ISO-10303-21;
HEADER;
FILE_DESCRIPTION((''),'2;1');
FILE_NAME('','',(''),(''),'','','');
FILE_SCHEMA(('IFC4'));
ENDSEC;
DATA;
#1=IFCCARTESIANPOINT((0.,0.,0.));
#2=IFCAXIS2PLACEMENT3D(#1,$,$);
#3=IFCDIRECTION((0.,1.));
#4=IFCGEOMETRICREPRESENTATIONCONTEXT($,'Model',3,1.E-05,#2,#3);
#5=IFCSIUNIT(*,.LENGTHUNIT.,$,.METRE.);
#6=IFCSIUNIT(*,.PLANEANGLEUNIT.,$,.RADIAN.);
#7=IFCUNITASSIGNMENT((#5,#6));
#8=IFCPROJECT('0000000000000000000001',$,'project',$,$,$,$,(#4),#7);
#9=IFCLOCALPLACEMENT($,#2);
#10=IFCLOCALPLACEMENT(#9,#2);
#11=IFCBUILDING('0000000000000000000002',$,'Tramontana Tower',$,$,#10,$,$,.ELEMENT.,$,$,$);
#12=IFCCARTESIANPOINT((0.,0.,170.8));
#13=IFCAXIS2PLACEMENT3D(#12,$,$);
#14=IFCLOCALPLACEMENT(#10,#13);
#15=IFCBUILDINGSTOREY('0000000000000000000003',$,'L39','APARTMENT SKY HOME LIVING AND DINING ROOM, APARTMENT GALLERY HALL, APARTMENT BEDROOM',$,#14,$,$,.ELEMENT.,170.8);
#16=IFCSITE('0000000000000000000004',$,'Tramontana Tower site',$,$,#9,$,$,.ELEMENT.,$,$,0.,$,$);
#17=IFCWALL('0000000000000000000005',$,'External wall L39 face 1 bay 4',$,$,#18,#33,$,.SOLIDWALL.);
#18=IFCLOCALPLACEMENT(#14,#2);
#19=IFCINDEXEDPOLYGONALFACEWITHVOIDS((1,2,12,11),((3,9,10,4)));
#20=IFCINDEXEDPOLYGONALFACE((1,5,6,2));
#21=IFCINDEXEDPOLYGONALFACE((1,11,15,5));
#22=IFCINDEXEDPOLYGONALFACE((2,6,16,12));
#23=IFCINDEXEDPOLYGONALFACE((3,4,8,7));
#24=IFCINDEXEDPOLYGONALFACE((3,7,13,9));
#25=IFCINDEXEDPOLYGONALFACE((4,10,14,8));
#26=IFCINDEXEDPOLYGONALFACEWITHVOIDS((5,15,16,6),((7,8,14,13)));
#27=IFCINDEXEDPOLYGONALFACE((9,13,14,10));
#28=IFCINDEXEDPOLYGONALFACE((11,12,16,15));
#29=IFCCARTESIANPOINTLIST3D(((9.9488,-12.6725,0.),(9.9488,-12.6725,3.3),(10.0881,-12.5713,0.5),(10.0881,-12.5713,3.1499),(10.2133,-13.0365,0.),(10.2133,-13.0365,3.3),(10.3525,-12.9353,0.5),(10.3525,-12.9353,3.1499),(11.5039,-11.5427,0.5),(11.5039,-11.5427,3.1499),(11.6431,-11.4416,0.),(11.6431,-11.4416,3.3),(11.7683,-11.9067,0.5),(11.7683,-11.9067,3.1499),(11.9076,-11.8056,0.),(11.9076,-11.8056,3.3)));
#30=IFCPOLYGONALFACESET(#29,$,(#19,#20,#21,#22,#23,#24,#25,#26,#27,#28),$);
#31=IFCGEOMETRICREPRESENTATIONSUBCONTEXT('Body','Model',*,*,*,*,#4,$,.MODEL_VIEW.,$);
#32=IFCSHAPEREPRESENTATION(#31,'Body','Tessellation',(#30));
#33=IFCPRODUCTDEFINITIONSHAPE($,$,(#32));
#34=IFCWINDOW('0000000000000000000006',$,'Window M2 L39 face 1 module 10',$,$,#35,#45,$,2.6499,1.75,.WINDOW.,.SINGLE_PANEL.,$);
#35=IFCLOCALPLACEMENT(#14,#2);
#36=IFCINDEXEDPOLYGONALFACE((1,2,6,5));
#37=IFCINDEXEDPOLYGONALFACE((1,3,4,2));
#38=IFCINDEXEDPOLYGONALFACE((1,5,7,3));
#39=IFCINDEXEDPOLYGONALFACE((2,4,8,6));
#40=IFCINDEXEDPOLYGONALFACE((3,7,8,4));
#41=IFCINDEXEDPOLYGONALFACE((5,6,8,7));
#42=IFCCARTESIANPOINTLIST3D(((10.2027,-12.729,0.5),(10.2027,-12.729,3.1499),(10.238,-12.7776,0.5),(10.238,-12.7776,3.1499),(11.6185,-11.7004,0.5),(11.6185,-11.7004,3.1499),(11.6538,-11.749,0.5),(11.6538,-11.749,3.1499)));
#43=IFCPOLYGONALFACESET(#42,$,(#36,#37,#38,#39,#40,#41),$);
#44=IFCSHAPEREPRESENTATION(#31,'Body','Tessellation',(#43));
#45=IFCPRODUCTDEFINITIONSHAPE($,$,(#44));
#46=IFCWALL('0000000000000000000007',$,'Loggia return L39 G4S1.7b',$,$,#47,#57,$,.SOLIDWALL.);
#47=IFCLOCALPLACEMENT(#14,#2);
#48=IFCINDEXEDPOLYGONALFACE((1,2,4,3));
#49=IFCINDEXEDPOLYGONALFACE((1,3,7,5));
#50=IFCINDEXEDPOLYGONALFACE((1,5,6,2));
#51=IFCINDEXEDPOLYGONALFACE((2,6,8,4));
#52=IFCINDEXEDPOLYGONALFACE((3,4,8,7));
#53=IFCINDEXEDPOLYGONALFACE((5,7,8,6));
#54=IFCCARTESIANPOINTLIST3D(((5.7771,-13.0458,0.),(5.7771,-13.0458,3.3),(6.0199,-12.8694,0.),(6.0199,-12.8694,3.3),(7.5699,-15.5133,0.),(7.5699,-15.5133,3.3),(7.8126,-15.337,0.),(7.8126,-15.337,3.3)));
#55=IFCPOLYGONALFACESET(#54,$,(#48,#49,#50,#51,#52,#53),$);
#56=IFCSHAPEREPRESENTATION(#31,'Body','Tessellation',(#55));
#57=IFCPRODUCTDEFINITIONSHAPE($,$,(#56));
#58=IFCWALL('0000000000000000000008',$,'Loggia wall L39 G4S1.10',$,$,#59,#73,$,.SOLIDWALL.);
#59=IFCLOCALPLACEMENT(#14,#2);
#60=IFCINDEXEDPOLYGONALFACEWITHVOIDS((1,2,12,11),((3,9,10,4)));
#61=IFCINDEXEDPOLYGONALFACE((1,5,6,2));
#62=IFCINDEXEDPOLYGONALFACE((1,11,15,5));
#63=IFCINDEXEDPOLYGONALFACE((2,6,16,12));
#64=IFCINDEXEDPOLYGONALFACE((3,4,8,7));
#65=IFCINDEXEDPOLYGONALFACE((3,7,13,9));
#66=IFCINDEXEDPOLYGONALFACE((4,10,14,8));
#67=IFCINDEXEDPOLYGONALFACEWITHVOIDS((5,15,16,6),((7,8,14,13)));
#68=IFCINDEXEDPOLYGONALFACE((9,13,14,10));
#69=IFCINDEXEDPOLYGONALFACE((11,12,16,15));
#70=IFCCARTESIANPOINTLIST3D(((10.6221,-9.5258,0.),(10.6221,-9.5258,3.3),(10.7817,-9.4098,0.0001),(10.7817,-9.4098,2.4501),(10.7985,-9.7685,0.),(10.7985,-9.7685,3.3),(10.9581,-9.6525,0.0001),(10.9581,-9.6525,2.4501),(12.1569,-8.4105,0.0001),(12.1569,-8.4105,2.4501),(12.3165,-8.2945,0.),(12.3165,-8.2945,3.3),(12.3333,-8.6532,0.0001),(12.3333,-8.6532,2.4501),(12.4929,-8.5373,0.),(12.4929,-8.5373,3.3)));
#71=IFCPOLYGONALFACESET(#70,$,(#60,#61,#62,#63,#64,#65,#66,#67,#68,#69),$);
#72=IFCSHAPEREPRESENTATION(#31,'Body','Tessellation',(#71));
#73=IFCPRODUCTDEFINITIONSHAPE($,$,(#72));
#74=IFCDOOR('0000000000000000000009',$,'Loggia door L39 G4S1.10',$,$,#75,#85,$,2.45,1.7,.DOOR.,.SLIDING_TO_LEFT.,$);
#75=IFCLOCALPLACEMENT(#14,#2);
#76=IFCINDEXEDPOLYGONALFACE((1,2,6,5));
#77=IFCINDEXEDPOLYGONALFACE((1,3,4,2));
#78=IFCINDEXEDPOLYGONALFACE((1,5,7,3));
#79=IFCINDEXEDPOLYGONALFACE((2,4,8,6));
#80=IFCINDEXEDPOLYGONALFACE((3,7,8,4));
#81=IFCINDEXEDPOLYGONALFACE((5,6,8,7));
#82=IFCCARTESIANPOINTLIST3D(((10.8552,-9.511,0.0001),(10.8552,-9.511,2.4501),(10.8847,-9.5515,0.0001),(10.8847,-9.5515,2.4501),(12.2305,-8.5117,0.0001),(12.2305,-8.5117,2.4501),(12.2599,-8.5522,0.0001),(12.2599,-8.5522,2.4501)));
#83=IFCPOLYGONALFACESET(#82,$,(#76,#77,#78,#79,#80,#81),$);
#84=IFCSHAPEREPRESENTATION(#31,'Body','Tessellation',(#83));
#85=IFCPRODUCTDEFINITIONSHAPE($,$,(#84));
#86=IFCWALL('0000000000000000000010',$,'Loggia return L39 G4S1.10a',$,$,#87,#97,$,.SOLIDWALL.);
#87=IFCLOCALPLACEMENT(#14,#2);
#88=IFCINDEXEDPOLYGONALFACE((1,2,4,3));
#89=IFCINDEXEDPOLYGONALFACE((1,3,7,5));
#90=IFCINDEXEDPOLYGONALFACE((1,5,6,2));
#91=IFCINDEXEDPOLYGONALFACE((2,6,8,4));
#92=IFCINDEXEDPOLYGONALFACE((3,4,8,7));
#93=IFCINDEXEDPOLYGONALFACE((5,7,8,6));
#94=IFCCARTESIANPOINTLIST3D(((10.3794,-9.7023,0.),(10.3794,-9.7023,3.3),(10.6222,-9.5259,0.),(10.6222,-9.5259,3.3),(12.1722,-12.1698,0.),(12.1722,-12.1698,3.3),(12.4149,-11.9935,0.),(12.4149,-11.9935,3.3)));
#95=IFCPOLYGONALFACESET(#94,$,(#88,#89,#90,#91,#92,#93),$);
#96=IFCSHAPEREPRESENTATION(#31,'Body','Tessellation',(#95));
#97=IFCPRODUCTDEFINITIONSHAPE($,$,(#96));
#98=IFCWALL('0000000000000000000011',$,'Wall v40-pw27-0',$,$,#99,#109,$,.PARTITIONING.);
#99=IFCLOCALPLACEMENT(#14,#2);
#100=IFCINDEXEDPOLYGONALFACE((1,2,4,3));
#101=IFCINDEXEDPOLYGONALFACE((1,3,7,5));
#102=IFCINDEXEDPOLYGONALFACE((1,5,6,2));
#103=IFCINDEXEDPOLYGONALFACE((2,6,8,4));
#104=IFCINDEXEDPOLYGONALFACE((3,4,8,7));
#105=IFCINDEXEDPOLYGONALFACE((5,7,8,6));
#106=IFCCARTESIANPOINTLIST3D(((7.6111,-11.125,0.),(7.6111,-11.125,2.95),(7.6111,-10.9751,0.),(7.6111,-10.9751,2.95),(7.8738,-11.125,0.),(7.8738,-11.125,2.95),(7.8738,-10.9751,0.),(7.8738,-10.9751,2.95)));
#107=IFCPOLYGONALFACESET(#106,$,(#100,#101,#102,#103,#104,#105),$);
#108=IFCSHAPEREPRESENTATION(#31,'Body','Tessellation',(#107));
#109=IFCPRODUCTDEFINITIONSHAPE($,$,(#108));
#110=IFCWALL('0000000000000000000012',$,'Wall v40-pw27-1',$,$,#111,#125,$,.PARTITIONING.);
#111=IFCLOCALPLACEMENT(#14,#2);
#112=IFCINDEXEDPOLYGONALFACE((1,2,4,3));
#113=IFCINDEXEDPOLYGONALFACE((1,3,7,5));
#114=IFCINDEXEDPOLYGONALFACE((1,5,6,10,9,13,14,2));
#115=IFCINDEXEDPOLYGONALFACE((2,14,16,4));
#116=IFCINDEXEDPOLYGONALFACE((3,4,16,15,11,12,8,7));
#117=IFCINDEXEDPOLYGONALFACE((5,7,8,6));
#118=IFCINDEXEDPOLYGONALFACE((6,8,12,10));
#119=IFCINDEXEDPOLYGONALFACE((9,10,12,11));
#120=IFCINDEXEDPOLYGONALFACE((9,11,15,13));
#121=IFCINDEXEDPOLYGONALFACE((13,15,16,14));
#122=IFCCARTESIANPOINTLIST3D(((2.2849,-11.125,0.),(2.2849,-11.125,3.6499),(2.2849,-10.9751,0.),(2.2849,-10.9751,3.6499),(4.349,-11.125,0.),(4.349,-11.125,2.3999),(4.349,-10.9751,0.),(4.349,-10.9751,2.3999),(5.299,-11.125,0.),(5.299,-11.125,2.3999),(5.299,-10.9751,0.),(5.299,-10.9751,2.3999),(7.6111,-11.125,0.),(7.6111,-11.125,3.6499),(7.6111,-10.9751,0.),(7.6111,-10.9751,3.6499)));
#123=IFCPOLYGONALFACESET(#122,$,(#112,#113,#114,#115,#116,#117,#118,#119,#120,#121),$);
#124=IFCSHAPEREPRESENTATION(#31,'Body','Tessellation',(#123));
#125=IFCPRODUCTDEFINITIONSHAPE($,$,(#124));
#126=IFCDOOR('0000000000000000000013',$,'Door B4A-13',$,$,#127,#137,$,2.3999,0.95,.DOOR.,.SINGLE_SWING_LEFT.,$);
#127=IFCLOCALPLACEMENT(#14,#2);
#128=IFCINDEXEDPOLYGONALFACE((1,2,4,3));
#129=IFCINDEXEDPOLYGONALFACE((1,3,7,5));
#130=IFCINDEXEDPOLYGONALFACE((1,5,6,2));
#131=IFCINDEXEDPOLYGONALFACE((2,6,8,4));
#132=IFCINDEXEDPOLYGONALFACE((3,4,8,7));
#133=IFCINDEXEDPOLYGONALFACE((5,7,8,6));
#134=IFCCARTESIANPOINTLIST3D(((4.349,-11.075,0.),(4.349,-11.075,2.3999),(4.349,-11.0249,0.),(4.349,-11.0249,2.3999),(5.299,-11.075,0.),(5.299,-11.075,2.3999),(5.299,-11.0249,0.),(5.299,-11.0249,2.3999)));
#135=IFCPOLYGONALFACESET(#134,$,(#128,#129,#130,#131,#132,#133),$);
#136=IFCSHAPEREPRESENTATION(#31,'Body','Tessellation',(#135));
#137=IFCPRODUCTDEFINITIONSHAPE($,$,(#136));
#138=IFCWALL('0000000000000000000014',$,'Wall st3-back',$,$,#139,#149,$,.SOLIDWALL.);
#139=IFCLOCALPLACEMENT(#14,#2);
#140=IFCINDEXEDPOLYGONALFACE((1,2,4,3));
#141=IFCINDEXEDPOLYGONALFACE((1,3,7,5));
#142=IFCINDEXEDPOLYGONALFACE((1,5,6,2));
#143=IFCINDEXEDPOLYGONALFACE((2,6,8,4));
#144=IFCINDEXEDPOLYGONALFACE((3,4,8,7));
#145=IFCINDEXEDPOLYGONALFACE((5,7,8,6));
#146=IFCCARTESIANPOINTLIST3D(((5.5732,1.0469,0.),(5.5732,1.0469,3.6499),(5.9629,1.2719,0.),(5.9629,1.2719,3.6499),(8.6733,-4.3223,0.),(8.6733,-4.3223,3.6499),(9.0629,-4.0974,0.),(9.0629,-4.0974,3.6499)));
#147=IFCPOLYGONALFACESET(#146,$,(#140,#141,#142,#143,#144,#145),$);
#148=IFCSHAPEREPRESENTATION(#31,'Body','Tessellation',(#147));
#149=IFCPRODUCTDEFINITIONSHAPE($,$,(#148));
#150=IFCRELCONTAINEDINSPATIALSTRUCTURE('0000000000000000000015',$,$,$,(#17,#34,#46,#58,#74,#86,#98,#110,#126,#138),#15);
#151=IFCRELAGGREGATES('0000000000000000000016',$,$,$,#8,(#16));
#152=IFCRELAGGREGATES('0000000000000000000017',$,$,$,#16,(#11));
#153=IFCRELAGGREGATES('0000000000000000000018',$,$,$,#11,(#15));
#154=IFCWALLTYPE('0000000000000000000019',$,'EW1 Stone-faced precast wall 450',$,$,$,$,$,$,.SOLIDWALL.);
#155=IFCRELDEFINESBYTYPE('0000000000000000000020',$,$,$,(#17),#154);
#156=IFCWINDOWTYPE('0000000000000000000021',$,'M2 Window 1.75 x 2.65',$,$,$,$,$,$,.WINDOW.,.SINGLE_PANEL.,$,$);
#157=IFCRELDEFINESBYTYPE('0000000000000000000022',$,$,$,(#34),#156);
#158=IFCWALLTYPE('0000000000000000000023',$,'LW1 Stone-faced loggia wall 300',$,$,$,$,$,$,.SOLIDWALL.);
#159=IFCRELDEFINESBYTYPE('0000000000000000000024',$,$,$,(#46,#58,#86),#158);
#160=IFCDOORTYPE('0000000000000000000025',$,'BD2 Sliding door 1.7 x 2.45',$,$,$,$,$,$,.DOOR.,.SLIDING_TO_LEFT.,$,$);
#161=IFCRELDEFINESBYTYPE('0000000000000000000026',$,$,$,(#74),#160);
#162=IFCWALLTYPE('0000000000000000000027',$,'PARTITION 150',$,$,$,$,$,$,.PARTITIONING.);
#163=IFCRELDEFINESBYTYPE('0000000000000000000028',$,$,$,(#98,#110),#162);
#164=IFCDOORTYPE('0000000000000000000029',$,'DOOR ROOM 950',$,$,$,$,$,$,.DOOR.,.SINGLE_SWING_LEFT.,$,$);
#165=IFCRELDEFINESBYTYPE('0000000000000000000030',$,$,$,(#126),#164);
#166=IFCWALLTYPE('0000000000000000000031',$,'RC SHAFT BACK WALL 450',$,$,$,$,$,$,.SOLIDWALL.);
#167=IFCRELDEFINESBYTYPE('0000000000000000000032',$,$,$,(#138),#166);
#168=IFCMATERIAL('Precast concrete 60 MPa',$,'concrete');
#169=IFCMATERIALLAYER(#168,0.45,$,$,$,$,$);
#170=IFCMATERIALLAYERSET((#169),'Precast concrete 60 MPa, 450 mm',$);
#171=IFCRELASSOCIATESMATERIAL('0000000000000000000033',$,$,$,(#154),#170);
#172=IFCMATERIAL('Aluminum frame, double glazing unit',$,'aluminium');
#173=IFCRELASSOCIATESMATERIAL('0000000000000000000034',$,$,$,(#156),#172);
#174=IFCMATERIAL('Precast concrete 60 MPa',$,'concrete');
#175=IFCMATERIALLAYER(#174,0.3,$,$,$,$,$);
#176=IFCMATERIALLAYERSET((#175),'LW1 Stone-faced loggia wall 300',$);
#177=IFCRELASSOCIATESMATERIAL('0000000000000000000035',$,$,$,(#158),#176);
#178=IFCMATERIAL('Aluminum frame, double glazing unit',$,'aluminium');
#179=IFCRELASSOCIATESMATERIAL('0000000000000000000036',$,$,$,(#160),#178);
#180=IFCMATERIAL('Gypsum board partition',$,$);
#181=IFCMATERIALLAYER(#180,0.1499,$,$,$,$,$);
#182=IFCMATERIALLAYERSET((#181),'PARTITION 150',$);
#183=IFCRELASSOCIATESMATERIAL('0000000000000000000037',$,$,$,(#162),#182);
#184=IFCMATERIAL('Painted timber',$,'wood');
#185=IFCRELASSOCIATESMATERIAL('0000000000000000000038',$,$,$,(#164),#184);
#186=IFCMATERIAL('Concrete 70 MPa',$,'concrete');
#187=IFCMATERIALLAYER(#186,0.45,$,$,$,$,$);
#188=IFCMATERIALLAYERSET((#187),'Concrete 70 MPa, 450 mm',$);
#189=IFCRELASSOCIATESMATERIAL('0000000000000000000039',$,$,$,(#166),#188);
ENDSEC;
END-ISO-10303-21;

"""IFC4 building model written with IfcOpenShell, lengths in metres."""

from ifc_helpers import new_model, si_unit, direction, frame, frame_2d, origin, place, context, subcontext, project, spatial, rectangle, extrude, material, layer, layer_set, type_object, element, fill, save


model = new_model("IFC4")

# Units and contexts
model_context = context("Model", 3, precision=1e-05, world=origin(), true_north=direction((0.0, 1.0)))
body_context = subcontext(model_context, "Body", "Model", "MODEL_VIEW")
ifc_project = project(units=[si_unit("LENGTHUNIT", "METRE"), si_unit("PLANEANGLEUNIT", "RADIAN")], contexts=[model_context])

# Site, building, storey
site_placement = place(None, origin())
site = spatial("IfcSite", under=ifc_project, at=site_placement, Name="Tramontana Tower site", CompositionType="ELEMENT", RefElevation=0.0)
building_placement = place(site_placement, origin())
building = spatial("IfcBuilding", under=site, at=building_placement, Name="Tramontana Tower", CompositionType="ELEMENT")
storey_placement = place(building_placement, frame((0.0, 0.0, 170.8)))
storey = spatial("IfcBuildingStorey", under=building, at=storey_placement, Name="L39", Description="APARTMENT SKY HOME LIVING AND DINING ROOM, APARTMENT GALLERY HALL, APARTMENT BEDROOM", CompositionType="ELEMENT", Elevation=170.8)

# Wall, opening, window
ifc_material_1 = material(Name="Precast concrete 60 MPa", Category="concrete")
ifc_layer_1 = layer(ifc_material_1, 0.45)
ifc_layer_set_1 = layer_set([ifc_layer_1], Name="Precast concrete 60 MPa, 450 mm")
wall_type_1 = type_object("IfcWallType", Name="EW1 Stone-faced precast wall 450", PredefinedType="SOLIDWALL", material=ifc_layer_set_1)
wall_1_placement = place(storey_placement, frame((10.0811, -12.8545, 0.0), z_axis=(0.0, 0.0, 1.0), x_axis=(0.809028, 0.58777, 0.0)))
wall_1 = element("IfcWall", 1, at=wall_1_placement, inside=storey, type_object=wall_type_1, Name="External wall L39 face 1 bay 4", PredefinedType="SOLIDWALL", context=body_context, shape_type="SweptSolid", body=[
    extrude(rectangle(XDim=2.0942, YDim=0.45, at=frame_2d((1.0471, 0.0))), origin(), (0.0, 0.0, 1.0), 3.3),
])
opening_1_placement = place(wall_1_placement, frame((0.1721, 0.0, 0.5)))
opening_1 = element("IfcOpeningElement", 2, at=opening_1_placement, cuts=wall_1, PredefinedType="OPENING", context=body_context, shape_type="SweptSolid", body=[
    extrude(rectangle(XDim=1.75, YDim=2.6499, at=frame_2d((0.875, 1.325))), frame((0.0, 0.2349, 0.0), z_axis=(0.0, -1.0, 0.0), x_axis=(1.0, 0.0, 0.0)), (0.0, 0.0, 1.0), 0.47),
])
ifc_material_2 = material(Name="Aluminum frame, double glazing unit", Category="aluminium")
window_type = type_object("IfcWindowType", Name="M2 Window 1.75 x 2.65", PartitioningType="SINGLE_PANEL", PredefinedType="WINDOW", material=ifc_material_2)
window_placement = place(opening_1_placement, origin())
window = element("IfcWindow", 3, at=window_placement, inside=storey, type_object=window_type, Name="Window M2 L39 face 1 module 10", OverallHeight=2.6499, OverallWidth=1.75, PartitioningType="SINGLE_PANEL", PredefinedType="WINDOW", context=body_context, shape_type="SweptSolid", body=[
    extrude(rectangle(XDim=1.75, YDim=2.6499, at=frame_2d((0.875, 1.325))), frame((0.0, 0.03, 0.0), z_axis=(0.0, -1.0, 0.0), x_axis=(1.0, 0.0, 0.0)), (0.0, 0.0, 1.0), 0.0601),
])
fill(opening_1, window)

# Wall
ifc_material_3 = material(Name="Precast concrete 60 MPa", Category="concrete")
ifc_layer_2 = layer(ifc_material_3, 0.3)
ifc_layer_set_2 = layer_set([ifc_layer_2], Name="LW1 Stone-faced loggia wall 300")
wall_type_2 = type_object("IfcWallType", Name="LW1 Stone-faced loggia wall 300", PredefinedType="SOLIDWALL", material=ifc_layer_set_2)
wall_2_placement = place(storey_placement, frame((7.6912, -15.425, 0.0), z_axis=(0.0, 0.0, 1.0), x_axis=(-0.587777, 0.809023, 0.0)))
element("IfcWall", 4, at=wall_2_placement, inside=storey, type_object=wall_type_2, Name="Loggia return L39 G4S1.7b", PredefinedType="SOLIDWALL", context=body_context, shape_type="SweptSolid", body=[
    extrude(rectangle(XDim=3.05, YDim=0.3, at=frame_2d((1.5249, 0.0))), origin(), (0.0, 0.0, 1.0), 3.3),
])

# Wall, opening, door
wall_3_placement = place(storey_placement, frame((10.7102, -9.6472, 0.0), z_axis=(0.0, 0.0, 1.0), x_axis=(0.808973, 0.587846, 0.0)))
wall_3 = element("IfcWall", 5, at=wall_3_placement, inside=storey, type_object=wall_type_2, Name="Loggia wall L39 G4S1.10", PredefinedType="SOLIDWALL", context=body_context, shape_type="SweptSolid", body=[
    extrude(rectangle(XDim=2.0945, YDim=0.3, at=frame_2d((1.0474, 0.0))), origin(), (0.0, 0.0, 1.0), 3.3),
])
opening_2_placement = place(wall_3_placement, frame((0.1973, 0.0, 0.0)))
opening_2 = element("IfcOpeningElement", 6, at=opening_2_placement, cuts=wall_3, PredefinedType="OPENING", context=body_context, shape_type="SweptSolid", body=[
    extrude(rectangle(XDim=1.7, YDim=2.45, at=frame_2d((0.8501, 1.2251))), frame((0.0, 0.1599, 0.0), z_axis=(0.0, -1.0, 0.0), x_axis=(1.0, 0.0, 0.0)), (0.0, 0.0, 1.0), 0.3201),
])
ifc_material_4 = material(Name="Aluminum frame, double glazing unit", Category="aluminium")
door_type_1 = type_object("IfcDoorType", Name="BD2 Sliding door 1.7 x 2.45", OperationType="SLIDING_TO_LEFT", PredefinedType="DOOR", material=ifc_material_4)
door_1_placement = place(opening_2_placement, origin())
door_1 = element("IfcDoor", 7, at=door_1_placement, inside=storey, type_object=door_type_1, Name="Loggia door L39 G4S1.10", OperationType="SLIDING_TO_LEFT", OverallHeight=2.45, OverallWidth=1.7, PredefinedType="DOOR", context=body_context, shape_type="SweptSolid", body=[
    extrude(rectangle(XDim=1.7, YDim=2.45, at=frame_2d((0.8501, 1.2251))), frame((0.0, 0.0249, 0.0), z_axis=(0.0, -1.0, 0.0), x_axis=(1.0, 0.0, 0.0)), (0.0, 0.0, 1.0), 0.05),
])
fill(opening_2, door_1)

# Walls
wall_4_placement = place(storey_placement, frame((12.2935, -12.0815, 0.0), z_axis=(0.0, 0.0, 1.0), x_axis=(-0.587777, 0.809023, 0.0)))
element("IfcWall", 8, at=wall_4_placement, inside=storey, type_object=wall_type_2, Name="Loggia return L39 G4S1.10a", PredefinedType="SOLIDWALL", context=body_context, shape_type="SweptSolid", body=[
    extrude(rectangle(XDim=3.05, YDim=0.3, at=frame_2d((1.5249, 0.0))), origin(), (0.0, 0.0, 1.0), 3.3),
])
ifc_material_5 = material(Name="Gypsum board partition")
ifc_layer_3 = layer(ifc_material_5, 0.1499)
ifc_layer_set_3 = layer_set([ifc_layer_3], Name="PARTITION 150")
wall_type_3 = type_object("IfcWallType", Name="PARTITION 150", PredefinedType="PARTITIONING", material=ifc_layer_set_3)
wall_5_placement = place(storey_placement, frame((7.8738, -11.05, 0.0), z_axis=(0.0, 0.0, 1.0), x_axis=(-1.0, 0.0, 0.0)))
element("IfcWall", 9, at=wall_5_placement, inside=storey, type_object=wall_type_3, Name="Wall v40-pw27-0", PredefinedType="PARTITIONING", context=body_context, shape_type="SweptSolid", body=[
    extrude(rectangle(XDim=0.2627, YDim=0.1499, at=frame_2d((0.1313, 0.0))), origin(), (0.0, 0.0, 1.0), 2.95),
])

# Wall, opening, door
wall_6_placement = place(storey_placement, frame((7.6111, -11.05, 0.0), z_axis=(0.0, 0.0, 1.0), x_axis=(-1.0, 0.0, 0.0)))
wall_6 = element("IfcWall", 10, at=wall_6_placement, inside=storey, type_object=wall_type_3, Name="Wall v40-pw27-1", PredefinedType="PARTITIONING", context=body_context, shape_type="SweptSolid", body=[
    extrude(rectangle(XDim=5.3262, YDim=0.1499, at=frame_2d((2.6631, 0.0))), origin(), (0.0, 0.0, 1.0), 3.6499),
])
opening_3_placement = place(wall_6_placement, frame((2.312, 0.0, 0.0)))
opening_3 = element("IfcOpeningElement", 11, at=opening_3_placement, cuts=wall_6, PredefinedType="OPENING", context=body_context, shape_type="SweptSolid", body=[
    extrude(rectangle(XDim=0.95, YDim=2.3999, at=frame_2d((0.4751, 1.2))), frame((0.0, 0.085, 0.0), z_axis=(0.0, -1.0, 0.0), x_axis=(1.0, 0.0, 0.0)), (0.0, 0.0, 1.0), 0.1699),
])
ifc_material_6 = material(Name="Painted timber", Category="wood")
door_type_2 = type_object("IfcDoorType", Name="DOOR ROOM 950", OperationType="SINGLE_SWING_LEFT", PredefinedType="DOOR", material=ifc_material_6)
door_2_placement = place(opening_3_placement, origin())
door_2 = element("IfcDoor", 12, at=door_2_placement, inside=storey, type_object=door_type_2, Name="Door B4A-13", OperationType="SINGLE_SWING_LEFT", OverallHeight=2.3999, OverallWidth=0.95, PredefinedType="DOOR", context=body_context, shape_type="SweptSolid", body=[
    extrude(rectangle(XDim=0.95, YDim=2.3999, at=frame_2d((0.4751, 1.2))), frame((0.0, 0.0249, 0.0), z_axis=(0.0, -1.0, 0.0), x_axis=(1.0, 0.0, 0.0)), (0.0, 0.0, 1.0), 0.05),
])
fill(opening_3, door_2)

# Wall
ifc_material_7 = material(Name="Concrete 70 MPa", Category="concrete")
ifc_layer_4 = layer(ifc_material_7, 0.45)
ifc_layer_set_4 = layer_set([ifc_layer_4], Name="Concrete 70 MPa, 450 mm")
wall_type_4 = type_object("IfcWallType", Name="RC SHAFT BACK WALL 450", PredefinedType="SOLIDWALL", material=ifc_layer_set_4)
wall_7_placement = place(storey_placement, frame((8.8682, -4.21, 0.0), z_axis=(0.0, 0.0, 1.0), x_axis=(-0.50001, 0.86602, 0.0)))
element("IfcWall", 13, at=wall_7_placement, inside=storey, type_object=wall_type_4, Name="Wall st3-back", PredefinedType="SOLIDWALL", context=body_context, shape_type="SweptSolid", body=[
    extrude(rectangle(XDim=6.2, YDim=0.45, at=frame_2d((3.1001, 0.0))), origin(), (0.0, 0.0, 1.0), 3.6499),
])

save(model, "model.ifc")
